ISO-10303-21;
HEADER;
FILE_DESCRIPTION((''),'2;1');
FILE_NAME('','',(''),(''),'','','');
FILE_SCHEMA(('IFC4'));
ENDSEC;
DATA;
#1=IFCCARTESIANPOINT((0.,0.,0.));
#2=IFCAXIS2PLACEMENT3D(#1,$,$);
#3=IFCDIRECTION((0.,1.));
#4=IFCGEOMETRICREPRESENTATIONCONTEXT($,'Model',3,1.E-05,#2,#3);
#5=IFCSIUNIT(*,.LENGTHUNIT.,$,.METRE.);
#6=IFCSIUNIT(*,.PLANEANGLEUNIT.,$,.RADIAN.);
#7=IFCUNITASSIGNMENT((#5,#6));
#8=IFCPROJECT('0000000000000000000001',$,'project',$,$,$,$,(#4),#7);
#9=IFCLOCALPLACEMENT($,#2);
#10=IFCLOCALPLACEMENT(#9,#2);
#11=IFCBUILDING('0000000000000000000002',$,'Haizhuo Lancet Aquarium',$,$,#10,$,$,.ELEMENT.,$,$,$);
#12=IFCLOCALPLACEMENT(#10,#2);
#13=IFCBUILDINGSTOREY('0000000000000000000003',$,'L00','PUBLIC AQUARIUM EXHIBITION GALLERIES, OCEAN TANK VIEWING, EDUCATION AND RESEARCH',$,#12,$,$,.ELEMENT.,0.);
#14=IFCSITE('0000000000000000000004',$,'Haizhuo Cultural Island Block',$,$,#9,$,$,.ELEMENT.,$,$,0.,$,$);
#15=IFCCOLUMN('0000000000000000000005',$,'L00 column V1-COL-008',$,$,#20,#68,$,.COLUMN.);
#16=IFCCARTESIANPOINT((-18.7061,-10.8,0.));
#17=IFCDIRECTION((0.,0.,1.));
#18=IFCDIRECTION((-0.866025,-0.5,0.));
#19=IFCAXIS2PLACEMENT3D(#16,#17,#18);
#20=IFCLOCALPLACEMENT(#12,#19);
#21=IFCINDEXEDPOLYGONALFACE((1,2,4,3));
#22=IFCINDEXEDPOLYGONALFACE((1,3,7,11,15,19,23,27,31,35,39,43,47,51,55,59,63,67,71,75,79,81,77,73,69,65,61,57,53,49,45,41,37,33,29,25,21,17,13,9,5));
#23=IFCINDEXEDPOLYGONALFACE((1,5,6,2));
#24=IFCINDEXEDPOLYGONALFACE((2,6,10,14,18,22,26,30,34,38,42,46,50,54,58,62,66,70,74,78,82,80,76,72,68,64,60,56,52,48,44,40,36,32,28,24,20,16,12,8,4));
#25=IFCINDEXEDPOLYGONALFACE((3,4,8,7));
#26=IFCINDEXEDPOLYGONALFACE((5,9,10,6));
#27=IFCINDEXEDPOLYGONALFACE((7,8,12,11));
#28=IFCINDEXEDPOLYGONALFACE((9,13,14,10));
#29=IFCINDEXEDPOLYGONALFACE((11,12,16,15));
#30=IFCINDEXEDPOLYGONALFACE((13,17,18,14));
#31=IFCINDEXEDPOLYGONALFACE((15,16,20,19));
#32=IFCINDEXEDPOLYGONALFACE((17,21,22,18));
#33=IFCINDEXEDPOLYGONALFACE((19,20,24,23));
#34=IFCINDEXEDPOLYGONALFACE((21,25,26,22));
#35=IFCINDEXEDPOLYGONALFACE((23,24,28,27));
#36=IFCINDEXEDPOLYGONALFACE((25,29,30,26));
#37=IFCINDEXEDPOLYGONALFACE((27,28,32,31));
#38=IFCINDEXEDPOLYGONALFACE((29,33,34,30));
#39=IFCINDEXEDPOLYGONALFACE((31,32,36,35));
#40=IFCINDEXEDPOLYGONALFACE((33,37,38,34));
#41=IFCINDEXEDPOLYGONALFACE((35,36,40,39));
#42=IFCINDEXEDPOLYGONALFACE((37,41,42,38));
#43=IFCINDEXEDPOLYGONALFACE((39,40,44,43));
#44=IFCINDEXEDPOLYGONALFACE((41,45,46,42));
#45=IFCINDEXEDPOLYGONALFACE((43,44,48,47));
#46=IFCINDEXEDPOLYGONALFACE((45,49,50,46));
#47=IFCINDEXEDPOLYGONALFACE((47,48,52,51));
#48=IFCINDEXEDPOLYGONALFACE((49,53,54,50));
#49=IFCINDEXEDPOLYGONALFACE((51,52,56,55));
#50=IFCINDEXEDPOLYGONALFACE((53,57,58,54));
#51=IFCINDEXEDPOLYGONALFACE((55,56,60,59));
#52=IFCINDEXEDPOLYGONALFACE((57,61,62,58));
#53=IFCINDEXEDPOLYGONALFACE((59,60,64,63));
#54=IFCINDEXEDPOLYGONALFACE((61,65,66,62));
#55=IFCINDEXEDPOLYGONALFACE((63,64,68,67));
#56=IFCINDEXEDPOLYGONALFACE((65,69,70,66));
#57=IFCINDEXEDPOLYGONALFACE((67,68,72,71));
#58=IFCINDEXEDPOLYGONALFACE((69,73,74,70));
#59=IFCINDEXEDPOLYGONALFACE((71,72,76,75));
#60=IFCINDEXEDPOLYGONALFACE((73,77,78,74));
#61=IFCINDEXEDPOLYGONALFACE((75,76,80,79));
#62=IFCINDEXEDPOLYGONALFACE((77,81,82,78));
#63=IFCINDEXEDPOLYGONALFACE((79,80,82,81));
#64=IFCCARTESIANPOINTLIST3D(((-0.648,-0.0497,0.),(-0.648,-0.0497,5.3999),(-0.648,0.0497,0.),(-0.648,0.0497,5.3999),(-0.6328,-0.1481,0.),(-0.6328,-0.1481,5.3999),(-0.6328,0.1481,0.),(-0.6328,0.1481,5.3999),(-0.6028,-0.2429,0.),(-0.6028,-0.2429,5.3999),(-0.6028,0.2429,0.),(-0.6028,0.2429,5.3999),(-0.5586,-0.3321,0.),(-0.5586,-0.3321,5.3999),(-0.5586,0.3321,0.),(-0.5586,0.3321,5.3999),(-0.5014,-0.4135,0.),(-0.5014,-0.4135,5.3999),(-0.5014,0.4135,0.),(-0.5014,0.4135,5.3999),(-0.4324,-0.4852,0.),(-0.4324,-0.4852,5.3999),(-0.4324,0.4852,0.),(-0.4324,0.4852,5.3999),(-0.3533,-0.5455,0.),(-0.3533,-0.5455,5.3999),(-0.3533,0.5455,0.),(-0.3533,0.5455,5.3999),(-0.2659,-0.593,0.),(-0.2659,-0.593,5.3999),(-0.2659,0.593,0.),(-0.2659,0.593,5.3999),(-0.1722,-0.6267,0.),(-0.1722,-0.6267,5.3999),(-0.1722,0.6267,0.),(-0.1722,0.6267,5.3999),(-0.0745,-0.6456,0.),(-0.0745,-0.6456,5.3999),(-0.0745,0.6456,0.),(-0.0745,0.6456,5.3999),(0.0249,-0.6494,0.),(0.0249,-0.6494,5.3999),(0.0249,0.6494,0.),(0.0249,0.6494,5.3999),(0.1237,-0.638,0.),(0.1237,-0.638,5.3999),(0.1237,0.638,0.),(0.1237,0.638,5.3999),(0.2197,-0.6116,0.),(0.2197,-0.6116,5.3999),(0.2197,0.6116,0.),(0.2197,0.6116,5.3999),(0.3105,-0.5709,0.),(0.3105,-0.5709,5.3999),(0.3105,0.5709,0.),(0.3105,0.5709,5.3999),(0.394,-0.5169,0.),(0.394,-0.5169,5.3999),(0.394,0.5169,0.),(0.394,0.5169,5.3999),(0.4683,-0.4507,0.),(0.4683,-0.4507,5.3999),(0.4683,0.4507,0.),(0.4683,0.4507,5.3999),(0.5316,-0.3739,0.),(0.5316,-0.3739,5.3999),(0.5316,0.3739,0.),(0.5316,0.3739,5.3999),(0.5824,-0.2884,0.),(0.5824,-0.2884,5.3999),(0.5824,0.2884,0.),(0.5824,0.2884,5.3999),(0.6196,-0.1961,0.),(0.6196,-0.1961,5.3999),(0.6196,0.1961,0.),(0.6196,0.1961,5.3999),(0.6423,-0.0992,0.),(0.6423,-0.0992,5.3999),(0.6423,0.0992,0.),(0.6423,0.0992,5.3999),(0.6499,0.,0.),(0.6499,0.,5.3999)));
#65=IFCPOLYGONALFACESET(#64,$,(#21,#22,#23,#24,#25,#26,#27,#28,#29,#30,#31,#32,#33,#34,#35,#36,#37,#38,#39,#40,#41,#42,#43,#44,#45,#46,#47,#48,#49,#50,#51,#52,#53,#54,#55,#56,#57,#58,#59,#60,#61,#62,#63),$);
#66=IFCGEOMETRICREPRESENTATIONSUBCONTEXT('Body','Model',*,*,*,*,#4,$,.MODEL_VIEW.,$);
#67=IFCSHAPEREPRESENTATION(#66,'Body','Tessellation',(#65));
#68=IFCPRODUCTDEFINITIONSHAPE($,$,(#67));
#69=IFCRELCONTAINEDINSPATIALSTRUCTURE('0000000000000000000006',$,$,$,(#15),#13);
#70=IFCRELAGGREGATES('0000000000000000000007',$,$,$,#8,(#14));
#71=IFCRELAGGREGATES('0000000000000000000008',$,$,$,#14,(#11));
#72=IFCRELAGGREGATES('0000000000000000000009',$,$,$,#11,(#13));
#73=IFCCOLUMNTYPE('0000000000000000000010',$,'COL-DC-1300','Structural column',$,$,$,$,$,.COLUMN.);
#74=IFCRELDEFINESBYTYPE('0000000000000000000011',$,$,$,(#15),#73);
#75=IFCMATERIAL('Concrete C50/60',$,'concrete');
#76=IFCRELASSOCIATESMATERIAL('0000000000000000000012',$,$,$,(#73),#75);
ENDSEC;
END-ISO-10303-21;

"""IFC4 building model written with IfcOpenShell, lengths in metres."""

from ifc_helpers import new_model, si_unit, direction, frame, origin, origin_2d, place, context, subcontext, project, spatial, circle, extrude, material, material_profile, profile_set, type_object, element, save


model = new_model("IFC4")

# Units and contexts
model_context = context("Model", 3, precision=1e-05, world=origin(), true_north=direction((0.0, 1.0)))
body_context = subcontext(model_context, "Body", "Model", "MODEL_VIEW")
ifc_project = project(units=[si_unit("LENGTHUNIT", "METRE"), si_unit("PLANEANGLEUNIT", "RADIAN")], contexts=[model_context])

# Site, building, storey
site_placement = place(None, origin())
site = spatial("IfcSite", under=ifc_project, at=site_placement, Name="Haizhuo Cultural Island Block", CompositionType="ELEMENT", RefElevation=0.0)
building_placement = place(site_placement, origin())
building = spatial("IfcBuilding", under=site, at=building_placement, Name="Haizhuo Lancet Aquarium", CompositionType="ELEMENT")
storey_placement = place(building_placement, origin())
storey = spatial("IfcBuildingStorey", under=building, at=storey_placement, Name="L00", Description="PUBLIC AQUARIUM EXHIBITION GALLERIES, OCEAN TANK VIEWING, EDUCATION AND RESEARCH", CompositionType="ELEMENT", Elevation=0.0)

# Column
ifc_material_1 = material(Name="Concrete C50/60", Category="concrete")
ifc_material_profile_1 = material_profile(ifc_material_1, circle(Radius=0.6499, at=origin_2d()), Name="RC-DC 1300")
ifc_profile_set_1 = profile_set([ifc_material_profile_1], Name="Concrete C50/60")
column_type = type_object("IfcColumnType", Name="COL-DC-1300", Description="Structural column", PredefinedType="COLUMN", material=ifc_profile_set_1)
column_placement = place(storey_placement, frame((-18.7061, -10.8, 0.0), z_axis=(0.0, 0.0, 1.0), x_axis=(-0.866025, -0.5, 0.0)))
element("IfcColumn", 1, at=column_placement, inside=storey, type_object=column_type, Name="L00 column V1-COL-008", PredefinedType="COLUMN", context=body_context, shape_type="SweptSolid", body=[
    extrude(circle(Radius=0.6499, at=origin_2d()), origin(), (0.0, 0.0, 1.0), 5.3999),
])

save(model, "model.ifc")
